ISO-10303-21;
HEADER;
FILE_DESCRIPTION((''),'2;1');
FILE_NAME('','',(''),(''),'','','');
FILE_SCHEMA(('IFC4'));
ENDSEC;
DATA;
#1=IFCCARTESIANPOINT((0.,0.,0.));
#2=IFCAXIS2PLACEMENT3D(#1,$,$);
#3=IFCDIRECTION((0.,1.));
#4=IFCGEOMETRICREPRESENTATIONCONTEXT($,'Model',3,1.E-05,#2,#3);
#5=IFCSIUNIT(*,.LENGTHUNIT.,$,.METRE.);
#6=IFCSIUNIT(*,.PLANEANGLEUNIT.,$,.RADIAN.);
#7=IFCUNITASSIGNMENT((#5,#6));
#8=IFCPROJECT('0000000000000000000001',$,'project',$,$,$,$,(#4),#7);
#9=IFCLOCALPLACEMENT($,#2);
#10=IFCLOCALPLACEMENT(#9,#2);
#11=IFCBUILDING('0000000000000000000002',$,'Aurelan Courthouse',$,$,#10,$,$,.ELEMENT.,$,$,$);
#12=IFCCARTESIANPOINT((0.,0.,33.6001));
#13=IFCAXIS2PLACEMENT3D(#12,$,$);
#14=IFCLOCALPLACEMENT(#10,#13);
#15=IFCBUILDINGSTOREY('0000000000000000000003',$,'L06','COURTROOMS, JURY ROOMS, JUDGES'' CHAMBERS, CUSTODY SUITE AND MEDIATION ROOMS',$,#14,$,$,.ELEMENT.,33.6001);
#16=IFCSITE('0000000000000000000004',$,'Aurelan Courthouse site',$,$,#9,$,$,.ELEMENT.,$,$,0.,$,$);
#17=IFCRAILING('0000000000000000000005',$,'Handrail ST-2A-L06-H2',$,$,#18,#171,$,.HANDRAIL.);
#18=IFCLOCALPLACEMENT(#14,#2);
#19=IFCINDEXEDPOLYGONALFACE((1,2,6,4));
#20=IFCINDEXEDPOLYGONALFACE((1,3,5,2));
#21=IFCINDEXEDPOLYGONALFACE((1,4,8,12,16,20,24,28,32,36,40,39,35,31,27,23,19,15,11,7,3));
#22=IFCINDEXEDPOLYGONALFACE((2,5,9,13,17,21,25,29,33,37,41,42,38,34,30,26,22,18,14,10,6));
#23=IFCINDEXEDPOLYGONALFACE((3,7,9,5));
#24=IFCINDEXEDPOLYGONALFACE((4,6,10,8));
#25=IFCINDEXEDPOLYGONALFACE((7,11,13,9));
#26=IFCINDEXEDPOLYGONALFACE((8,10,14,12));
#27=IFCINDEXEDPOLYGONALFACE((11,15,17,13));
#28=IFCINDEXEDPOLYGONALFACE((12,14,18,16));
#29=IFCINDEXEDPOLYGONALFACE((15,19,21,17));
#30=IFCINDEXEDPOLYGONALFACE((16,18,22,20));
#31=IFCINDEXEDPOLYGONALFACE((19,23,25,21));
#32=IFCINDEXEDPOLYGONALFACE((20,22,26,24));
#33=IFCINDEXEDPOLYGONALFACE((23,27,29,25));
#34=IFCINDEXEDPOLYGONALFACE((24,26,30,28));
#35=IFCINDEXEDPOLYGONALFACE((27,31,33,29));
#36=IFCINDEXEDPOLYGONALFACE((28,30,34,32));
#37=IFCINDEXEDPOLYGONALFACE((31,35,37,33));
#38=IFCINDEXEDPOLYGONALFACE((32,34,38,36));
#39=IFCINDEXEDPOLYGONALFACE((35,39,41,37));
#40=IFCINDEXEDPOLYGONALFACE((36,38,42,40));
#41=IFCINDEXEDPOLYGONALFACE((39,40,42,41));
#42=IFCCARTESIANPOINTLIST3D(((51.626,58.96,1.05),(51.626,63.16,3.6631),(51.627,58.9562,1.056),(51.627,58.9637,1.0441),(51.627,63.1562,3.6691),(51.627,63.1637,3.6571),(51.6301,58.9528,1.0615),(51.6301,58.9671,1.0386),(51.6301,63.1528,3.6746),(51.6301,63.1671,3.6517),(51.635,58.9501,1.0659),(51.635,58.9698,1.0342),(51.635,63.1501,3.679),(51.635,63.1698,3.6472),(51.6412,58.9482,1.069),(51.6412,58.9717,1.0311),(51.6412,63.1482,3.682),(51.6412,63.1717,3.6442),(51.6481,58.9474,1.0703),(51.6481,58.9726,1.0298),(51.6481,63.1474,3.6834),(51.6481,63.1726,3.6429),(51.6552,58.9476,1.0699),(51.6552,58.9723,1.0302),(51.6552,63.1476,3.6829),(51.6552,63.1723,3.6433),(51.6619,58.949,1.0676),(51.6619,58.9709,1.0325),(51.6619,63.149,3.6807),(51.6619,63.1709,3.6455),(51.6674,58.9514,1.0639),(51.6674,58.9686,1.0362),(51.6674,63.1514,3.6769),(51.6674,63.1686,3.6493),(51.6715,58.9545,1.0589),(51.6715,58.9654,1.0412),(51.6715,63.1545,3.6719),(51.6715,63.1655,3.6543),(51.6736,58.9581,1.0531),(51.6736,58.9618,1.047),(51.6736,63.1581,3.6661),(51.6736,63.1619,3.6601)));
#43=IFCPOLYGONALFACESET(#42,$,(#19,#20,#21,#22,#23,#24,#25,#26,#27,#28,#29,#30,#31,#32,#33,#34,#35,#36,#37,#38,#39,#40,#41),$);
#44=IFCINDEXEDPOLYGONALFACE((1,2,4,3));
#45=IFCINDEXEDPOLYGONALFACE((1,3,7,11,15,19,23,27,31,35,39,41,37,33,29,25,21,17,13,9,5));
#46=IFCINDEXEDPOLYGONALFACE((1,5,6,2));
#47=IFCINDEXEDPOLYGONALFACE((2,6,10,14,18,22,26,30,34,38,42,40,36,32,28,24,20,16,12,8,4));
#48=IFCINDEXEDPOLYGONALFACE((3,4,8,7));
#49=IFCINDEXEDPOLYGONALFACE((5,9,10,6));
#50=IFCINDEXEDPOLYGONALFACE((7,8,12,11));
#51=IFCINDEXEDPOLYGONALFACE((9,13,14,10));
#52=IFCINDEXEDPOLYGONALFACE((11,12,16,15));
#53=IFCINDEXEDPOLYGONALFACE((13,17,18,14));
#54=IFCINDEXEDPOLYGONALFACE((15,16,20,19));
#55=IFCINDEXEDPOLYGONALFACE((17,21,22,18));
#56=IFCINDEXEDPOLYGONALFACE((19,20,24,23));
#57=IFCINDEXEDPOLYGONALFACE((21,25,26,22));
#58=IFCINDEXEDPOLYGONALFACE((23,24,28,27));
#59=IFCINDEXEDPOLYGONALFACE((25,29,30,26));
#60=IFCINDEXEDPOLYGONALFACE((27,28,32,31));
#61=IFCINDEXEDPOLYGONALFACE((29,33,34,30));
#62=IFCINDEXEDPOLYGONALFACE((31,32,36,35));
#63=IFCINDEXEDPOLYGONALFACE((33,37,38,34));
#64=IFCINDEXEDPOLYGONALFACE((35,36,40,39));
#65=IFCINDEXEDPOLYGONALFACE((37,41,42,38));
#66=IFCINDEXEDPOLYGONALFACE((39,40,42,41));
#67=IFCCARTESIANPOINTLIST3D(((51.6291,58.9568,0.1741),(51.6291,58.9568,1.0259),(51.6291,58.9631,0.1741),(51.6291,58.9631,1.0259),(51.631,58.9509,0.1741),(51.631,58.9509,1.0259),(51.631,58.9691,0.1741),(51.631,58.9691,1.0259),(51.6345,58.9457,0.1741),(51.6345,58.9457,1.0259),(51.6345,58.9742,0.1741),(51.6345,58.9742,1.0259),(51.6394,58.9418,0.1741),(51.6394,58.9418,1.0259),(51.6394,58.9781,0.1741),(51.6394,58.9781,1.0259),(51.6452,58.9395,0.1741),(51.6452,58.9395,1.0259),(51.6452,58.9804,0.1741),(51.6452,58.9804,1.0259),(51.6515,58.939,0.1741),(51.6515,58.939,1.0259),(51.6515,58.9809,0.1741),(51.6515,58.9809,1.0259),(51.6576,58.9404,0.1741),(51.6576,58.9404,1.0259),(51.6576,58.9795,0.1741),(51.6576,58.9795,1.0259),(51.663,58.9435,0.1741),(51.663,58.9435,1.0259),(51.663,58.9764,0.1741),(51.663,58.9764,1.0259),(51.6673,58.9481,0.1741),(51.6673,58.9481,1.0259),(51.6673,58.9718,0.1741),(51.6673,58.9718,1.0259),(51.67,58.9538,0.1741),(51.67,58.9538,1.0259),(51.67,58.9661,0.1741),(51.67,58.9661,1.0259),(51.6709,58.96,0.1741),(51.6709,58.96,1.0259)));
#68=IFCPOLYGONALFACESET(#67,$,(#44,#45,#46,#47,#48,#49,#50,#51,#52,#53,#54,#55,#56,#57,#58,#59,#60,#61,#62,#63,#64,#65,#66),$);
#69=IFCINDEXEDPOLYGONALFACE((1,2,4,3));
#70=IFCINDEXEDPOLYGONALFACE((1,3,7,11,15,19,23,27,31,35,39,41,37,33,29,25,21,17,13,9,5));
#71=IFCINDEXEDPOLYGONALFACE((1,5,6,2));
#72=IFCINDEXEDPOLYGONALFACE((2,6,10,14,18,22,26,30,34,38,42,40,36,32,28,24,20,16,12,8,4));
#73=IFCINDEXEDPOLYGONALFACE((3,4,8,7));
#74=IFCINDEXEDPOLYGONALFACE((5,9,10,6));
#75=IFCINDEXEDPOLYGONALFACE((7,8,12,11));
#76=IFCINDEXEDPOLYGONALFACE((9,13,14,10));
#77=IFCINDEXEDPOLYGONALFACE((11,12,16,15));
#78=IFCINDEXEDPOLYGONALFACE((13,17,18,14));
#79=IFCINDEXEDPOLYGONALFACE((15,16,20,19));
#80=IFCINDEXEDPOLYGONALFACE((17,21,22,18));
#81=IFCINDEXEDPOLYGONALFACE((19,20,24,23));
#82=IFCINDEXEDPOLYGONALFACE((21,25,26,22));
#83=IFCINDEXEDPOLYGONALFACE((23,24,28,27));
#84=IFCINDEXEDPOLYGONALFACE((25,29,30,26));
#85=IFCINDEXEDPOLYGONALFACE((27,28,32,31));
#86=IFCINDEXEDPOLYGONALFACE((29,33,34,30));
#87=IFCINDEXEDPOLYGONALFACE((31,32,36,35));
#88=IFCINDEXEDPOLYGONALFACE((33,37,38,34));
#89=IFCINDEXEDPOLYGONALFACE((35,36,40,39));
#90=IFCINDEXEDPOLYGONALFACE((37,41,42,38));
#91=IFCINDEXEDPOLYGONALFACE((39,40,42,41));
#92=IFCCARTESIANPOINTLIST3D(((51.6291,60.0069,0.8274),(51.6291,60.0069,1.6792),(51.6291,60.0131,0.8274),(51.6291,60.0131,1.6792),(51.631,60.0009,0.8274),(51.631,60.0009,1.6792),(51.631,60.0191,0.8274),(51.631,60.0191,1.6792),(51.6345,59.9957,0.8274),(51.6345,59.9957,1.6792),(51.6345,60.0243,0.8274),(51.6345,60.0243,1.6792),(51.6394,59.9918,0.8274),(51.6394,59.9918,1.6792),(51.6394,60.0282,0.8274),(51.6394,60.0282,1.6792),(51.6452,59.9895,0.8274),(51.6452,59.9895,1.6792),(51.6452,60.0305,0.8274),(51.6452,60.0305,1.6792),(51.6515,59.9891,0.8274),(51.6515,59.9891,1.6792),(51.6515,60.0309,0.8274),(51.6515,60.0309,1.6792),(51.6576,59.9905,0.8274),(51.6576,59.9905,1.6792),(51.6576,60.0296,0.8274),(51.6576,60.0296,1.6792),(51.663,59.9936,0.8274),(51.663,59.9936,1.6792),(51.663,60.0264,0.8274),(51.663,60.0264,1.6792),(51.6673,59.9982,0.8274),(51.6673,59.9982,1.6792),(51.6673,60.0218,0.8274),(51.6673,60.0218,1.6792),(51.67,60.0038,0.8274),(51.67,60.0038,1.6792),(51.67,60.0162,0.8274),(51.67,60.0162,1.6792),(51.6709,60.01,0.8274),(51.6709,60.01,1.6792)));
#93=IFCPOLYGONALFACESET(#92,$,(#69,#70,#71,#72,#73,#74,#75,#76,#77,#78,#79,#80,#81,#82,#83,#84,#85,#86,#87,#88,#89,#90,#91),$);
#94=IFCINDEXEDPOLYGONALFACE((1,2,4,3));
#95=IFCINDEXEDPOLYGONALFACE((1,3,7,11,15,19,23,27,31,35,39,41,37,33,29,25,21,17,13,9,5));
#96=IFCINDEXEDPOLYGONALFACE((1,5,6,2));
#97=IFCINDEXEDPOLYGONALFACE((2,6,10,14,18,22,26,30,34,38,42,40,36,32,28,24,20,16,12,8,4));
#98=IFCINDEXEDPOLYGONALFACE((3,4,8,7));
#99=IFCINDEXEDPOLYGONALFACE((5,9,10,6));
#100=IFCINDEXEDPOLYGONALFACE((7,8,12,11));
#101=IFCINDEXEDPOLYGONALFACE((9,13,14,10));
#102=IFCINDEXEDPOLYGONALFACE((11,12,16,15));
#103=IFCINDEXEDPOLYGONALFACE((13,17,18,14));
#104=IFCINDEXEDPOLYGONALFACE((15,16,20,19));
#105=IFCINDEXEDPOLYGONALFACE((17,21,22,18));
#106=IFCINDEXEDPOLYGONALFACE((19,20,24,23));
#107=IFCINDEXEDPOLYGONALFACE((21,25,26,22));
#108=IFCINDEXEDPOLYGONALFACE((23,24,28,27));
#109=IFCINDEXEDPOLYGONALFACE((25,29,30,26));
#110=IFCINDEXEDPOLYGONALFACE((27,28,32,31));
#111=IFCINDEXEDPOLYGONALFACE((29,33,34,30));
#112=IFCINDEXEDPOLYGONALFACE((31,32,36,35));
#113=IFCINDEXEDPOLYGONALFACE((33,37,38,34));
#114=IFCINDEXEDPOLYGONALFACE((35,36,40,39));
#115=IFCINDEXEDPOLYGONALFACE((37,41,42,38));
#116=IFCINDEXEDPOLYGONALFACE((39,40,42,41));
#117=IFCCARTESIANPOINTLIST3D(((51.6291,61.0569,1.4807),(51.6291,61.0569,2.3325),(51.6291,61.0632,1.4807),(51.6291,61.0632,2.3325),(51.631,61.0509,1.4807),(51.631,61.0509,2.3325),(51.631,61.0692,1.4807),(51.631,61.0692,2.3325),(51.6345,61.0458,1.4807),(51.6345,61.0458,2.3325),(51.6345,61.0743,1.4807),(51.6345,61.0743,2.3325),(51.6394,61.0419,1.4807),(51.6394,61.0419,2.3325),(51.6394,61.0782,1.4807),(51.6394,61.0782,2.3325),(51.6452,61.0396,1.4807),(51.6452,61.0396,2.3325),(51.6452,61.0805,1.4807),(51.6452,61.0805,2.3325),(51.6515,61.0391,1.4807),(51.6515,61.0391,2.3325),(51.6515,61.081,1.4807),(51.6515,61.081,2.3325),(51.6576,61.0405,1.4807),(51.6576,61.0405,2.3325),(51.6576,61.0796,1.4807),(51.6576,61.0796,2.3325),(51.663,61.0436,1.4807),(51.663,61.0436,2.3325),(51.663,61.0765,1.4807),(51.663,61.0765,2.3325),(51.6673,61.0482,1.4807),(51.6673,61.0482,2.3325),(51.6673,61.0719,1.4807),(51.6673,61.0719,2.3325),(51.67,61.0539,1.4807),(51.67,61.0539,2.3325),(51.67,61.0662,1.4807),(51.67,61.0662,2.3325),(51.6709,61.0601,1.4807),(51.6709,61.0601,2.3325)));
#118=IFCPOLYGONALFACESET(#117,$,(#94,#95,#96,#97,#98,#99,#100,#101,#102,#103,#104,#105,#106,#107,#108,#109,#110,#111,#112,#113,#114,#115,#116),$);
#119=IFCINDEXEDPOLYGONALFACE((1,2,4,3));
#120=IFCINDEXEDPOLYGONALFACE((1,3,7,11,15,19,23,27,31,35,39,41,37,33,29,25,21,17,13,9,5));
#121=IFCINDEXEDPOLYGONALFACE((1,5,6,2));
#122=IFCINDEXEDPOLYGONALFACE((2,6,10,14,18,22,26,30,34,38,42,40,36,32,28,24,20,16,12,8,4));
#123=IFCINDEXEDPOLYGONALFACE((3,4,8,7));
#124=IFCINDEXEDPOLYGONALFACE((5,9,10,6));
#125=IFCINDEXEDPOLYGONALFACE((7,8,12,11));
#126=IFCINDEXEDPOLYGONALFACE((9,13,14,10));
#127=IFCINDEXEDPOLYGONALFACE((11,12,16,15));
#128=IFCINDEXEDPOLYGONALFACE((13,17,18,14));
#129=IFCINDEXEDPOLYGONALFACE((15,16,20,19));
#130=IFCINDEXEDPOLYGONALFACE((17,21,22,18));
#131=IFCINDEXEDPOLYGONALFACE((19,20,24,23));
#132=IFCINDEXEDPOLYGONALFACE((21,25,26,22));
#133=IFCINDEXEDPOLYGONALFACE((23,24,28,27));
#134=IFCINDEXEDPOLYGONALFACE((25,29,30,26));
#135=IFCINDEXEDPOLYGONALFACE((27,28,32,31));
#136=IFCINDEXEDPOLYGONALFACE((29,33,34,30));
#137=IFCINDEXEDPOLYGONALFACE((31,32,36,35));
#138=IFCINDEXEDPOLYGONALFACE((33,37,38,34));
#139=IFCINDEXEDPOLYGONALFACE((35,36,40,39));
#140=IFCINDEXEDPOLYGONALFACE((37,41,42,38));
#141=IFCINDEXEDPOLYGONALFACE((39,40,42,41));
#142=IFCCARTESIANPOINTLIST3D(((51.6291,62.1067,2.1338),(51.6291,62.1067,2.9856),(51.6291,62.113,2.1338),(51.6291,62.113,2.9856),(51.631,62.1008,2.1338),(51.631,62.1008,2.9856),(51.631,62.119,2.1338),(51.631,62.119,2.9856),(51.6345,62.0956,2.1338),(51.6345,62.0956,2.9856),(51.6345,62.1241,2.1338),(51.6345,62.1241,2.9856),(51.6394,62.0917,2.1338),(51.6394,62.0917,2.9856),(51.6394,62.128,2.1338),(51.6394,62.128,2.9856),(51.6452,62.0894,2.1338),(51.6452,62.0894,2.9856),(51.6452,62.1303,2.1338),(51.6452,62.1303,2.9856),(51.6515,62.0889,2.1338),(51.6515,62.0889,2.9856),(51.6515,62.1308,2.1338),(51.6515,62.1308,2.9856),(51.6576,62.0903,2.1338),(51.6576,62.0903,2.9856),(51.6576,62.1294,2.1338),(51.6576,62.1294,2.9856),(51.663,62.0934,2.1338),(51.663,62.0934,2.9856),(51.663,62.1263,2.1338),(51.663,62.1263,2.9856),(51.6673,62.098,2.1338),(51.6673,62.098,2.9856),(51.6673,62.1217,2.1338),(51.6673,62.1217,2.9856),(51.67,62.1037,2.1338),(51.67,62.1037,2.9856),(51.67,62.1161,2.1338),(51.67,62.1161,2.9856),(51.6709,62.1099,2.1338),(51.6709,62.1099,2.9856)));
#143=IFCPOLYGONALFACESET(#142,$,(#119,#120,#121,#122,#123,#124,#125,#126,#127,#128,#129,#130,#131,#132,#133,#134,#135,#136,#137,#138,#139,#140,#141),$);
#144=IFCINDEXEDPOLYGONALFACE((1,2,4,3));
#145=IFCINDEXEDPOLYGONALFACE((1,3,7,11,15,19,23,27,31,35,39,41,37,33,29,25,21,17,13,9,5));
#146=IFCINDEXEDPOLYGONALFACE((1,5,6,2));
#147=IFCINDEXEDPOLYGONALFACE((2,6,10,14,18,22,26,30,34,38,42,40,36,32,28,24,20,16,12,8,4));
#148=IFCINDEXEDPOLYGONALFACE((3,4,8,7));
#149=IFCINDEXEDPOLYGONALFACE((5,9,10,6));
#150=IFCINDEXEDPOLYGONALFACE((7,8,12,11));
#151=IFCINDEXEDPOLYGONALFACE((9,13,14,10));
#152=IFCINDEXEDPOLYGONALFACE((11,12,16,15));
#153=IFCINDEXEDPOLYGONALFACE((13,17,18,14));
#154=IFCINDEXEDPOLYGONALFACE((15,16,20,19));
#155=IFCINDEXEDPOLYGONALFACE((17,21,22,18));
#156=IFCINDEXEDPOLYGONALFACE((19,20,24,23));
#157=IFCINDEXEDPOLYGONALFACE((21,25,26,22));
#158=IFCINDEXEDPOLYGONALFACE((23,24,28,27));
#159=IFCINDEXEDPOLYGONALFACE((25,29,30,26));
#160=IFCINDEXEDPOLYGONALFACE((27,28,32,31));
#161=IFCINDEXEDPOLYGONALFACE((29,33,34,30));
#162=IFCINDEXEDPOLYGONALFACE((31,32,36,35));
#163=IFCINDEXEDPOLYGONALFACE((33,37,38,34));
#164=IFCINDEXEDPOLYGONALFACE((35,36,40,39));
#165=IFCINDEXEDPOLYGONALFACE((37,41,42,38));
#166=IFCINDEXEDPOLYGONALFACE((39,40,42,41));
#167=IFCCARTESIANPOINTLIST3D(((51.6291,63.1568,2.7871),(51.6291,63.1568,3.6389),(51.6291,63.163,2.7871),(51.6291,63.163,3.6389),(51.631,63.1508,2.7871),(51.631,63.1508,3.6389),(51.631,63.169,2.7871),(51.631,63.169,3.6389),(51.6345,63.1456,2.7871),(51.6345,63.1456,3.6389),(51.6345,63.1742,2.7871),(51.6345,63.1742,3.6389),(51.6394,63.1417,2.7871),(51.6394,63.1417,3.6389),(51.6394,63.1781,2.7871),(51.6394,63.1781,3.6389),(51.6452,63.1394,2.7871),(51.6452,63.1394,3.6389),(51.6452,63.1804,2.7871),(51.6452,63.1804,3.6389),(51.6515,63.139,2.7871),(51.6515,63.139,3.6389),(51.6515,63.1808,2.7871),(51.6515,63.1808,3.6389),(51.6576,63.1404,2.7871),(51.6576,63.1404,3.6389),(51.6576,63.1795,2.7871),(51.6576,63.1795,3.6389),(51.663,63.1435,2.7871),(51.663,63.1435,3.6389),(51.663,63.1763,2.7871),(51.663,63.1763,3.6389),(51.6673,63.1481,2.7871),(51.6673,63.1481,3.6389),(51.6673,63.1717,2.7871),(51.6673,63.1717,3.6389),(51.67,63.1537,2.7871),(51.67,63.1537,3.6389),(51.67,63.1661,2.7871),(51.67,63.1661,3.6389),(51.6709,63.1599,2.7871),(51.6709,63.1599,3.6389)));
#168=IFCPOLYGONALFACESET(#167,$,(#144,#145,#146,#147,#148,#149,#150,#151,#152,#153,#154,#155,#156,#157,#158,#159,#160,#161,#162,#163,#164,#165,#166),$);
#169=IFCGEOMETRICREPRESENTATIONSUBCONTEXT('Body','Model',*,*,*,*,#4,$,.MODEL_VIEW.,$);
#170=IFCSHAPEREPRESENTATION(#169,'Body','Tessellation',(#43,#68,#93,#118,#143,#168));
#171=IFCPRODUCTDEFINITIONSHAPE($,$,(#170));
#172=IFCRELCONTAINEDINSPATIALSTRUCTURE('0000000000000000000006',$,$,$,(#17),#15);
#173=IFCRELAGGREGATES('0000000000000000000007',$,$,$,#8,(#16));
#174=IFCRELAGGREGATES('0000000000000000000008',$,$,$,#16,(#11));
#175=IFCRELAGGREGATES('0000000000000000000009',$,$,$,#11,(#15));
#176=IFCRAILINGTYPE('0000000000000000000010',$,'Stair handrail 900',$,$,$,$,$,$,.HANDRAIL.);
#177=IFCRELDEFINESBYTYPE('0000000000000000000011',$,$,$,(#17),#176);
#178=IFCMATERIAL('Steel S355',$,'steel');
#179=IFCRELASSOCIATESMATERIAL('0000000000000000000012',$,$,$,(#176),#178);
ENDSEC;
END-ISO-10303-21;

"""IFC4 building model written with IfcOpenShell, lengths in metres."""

from ifc_helpers import new_model, si_unit, direction, frame, origin, origin_2d, place, context, subcontext, project, spatial, circle, extrude, material, type_object, element, save


model = new_model("IFC4")

# Units and contexts
model_context = context("Model", 3, precision=1e-05, world=origin(), true_north=direction((0.0, 1.0)))
body_context = subcontext(model_context, "Body", "Model", "MODEL_VIEW")
ifc_project = project(units=[si_unit("LENGTHUNIT", "METRE"), si_unit("PLANEANGLEUNIT", "RADIAN")], contexts=[model_context])

# Site, building, storey
site_placement = place(None, origin())
site = spatial("IfcSite", under=ifc_project, at=site_placement, Name="Aurelan Courthouse site", CompositionType="ELEMENT", RefElevation=0.0)
building_placement = place(site_placement, origin())
building = spatial("IfcBuilding", under=site, at=building_placement, Name="Aurelan Courthouse", CompositionType="ELEMENT")
storey_placement = place(building_placement, frame((0.0, 0.0, 33.6001)))
storey = spatial("IfcBuildingStorey", under=building, at=storey_placement, Name="L06", Description="COURTROOMS, JURY ROOMS, JUDGES' CHAMBERS, CUSTODY SUITE AND MEDIATION ROOMS", CompositionType="ELEMENT", Elevation=33.6001)

# Railing
ifc_material_1 = material(Name="Steel S355", Category="steel")
railing_type = type_object("IfcRailingType", Name="Stair handrail 900", PredefinedType="HANDRAIL", material=ifc_material_1)
for number, where, name in (
    (1, (51.6499, 58.96, 0.1741), "Handrail ST-2A-L06-H2"),
):
    element("IfcRailing", number, at=place(storey_placement, frame(where)), inside=storey, type_object=railing_type, Name=name, PredefinedType="HANDRAIL", context=body_context, shape_type="SweptSolid", body=[
        extrude(circle(Radius=0.0239, at=origin_2d()), frame((0.0, 0.0, 0.876), z_axis=(0.0, 0.849081, 0.528263), x_axis=(-1.0, 0.0, 0.0)), (0.0, 0.0, 1.0), 4.9465),
        extrude(circle(Radius=0.021, at=origin_2d()), origin(), (0.0, 0.0, 1.0), 0.8518),
        extrude(circle(Radius=0.021, at=origin_2d()), frame((0.0, 1.05, 0.6533)), (0.0, 0.0, 1.0), 0.8518),
        extrude(circle(Radius=0.021, at=origin_2d()), frame((0.0, 2.1001, 1.3066)), (0.0, 0.0, 1.0), 0.8518),
        extrude(circle(Radius=0.021, at=origin_2d()), frame((0.0, 3.1499, 1.9597)), (0.0, 0.0, 1.0), 0.8518),
        extrude(circle(Radius=0.021, at=origin_2d()), frame((0.0, 4.2, 2.613)), (0.0, 0.0, 1.0), 0.8518),
    ])

save(model, "model.ifc")
